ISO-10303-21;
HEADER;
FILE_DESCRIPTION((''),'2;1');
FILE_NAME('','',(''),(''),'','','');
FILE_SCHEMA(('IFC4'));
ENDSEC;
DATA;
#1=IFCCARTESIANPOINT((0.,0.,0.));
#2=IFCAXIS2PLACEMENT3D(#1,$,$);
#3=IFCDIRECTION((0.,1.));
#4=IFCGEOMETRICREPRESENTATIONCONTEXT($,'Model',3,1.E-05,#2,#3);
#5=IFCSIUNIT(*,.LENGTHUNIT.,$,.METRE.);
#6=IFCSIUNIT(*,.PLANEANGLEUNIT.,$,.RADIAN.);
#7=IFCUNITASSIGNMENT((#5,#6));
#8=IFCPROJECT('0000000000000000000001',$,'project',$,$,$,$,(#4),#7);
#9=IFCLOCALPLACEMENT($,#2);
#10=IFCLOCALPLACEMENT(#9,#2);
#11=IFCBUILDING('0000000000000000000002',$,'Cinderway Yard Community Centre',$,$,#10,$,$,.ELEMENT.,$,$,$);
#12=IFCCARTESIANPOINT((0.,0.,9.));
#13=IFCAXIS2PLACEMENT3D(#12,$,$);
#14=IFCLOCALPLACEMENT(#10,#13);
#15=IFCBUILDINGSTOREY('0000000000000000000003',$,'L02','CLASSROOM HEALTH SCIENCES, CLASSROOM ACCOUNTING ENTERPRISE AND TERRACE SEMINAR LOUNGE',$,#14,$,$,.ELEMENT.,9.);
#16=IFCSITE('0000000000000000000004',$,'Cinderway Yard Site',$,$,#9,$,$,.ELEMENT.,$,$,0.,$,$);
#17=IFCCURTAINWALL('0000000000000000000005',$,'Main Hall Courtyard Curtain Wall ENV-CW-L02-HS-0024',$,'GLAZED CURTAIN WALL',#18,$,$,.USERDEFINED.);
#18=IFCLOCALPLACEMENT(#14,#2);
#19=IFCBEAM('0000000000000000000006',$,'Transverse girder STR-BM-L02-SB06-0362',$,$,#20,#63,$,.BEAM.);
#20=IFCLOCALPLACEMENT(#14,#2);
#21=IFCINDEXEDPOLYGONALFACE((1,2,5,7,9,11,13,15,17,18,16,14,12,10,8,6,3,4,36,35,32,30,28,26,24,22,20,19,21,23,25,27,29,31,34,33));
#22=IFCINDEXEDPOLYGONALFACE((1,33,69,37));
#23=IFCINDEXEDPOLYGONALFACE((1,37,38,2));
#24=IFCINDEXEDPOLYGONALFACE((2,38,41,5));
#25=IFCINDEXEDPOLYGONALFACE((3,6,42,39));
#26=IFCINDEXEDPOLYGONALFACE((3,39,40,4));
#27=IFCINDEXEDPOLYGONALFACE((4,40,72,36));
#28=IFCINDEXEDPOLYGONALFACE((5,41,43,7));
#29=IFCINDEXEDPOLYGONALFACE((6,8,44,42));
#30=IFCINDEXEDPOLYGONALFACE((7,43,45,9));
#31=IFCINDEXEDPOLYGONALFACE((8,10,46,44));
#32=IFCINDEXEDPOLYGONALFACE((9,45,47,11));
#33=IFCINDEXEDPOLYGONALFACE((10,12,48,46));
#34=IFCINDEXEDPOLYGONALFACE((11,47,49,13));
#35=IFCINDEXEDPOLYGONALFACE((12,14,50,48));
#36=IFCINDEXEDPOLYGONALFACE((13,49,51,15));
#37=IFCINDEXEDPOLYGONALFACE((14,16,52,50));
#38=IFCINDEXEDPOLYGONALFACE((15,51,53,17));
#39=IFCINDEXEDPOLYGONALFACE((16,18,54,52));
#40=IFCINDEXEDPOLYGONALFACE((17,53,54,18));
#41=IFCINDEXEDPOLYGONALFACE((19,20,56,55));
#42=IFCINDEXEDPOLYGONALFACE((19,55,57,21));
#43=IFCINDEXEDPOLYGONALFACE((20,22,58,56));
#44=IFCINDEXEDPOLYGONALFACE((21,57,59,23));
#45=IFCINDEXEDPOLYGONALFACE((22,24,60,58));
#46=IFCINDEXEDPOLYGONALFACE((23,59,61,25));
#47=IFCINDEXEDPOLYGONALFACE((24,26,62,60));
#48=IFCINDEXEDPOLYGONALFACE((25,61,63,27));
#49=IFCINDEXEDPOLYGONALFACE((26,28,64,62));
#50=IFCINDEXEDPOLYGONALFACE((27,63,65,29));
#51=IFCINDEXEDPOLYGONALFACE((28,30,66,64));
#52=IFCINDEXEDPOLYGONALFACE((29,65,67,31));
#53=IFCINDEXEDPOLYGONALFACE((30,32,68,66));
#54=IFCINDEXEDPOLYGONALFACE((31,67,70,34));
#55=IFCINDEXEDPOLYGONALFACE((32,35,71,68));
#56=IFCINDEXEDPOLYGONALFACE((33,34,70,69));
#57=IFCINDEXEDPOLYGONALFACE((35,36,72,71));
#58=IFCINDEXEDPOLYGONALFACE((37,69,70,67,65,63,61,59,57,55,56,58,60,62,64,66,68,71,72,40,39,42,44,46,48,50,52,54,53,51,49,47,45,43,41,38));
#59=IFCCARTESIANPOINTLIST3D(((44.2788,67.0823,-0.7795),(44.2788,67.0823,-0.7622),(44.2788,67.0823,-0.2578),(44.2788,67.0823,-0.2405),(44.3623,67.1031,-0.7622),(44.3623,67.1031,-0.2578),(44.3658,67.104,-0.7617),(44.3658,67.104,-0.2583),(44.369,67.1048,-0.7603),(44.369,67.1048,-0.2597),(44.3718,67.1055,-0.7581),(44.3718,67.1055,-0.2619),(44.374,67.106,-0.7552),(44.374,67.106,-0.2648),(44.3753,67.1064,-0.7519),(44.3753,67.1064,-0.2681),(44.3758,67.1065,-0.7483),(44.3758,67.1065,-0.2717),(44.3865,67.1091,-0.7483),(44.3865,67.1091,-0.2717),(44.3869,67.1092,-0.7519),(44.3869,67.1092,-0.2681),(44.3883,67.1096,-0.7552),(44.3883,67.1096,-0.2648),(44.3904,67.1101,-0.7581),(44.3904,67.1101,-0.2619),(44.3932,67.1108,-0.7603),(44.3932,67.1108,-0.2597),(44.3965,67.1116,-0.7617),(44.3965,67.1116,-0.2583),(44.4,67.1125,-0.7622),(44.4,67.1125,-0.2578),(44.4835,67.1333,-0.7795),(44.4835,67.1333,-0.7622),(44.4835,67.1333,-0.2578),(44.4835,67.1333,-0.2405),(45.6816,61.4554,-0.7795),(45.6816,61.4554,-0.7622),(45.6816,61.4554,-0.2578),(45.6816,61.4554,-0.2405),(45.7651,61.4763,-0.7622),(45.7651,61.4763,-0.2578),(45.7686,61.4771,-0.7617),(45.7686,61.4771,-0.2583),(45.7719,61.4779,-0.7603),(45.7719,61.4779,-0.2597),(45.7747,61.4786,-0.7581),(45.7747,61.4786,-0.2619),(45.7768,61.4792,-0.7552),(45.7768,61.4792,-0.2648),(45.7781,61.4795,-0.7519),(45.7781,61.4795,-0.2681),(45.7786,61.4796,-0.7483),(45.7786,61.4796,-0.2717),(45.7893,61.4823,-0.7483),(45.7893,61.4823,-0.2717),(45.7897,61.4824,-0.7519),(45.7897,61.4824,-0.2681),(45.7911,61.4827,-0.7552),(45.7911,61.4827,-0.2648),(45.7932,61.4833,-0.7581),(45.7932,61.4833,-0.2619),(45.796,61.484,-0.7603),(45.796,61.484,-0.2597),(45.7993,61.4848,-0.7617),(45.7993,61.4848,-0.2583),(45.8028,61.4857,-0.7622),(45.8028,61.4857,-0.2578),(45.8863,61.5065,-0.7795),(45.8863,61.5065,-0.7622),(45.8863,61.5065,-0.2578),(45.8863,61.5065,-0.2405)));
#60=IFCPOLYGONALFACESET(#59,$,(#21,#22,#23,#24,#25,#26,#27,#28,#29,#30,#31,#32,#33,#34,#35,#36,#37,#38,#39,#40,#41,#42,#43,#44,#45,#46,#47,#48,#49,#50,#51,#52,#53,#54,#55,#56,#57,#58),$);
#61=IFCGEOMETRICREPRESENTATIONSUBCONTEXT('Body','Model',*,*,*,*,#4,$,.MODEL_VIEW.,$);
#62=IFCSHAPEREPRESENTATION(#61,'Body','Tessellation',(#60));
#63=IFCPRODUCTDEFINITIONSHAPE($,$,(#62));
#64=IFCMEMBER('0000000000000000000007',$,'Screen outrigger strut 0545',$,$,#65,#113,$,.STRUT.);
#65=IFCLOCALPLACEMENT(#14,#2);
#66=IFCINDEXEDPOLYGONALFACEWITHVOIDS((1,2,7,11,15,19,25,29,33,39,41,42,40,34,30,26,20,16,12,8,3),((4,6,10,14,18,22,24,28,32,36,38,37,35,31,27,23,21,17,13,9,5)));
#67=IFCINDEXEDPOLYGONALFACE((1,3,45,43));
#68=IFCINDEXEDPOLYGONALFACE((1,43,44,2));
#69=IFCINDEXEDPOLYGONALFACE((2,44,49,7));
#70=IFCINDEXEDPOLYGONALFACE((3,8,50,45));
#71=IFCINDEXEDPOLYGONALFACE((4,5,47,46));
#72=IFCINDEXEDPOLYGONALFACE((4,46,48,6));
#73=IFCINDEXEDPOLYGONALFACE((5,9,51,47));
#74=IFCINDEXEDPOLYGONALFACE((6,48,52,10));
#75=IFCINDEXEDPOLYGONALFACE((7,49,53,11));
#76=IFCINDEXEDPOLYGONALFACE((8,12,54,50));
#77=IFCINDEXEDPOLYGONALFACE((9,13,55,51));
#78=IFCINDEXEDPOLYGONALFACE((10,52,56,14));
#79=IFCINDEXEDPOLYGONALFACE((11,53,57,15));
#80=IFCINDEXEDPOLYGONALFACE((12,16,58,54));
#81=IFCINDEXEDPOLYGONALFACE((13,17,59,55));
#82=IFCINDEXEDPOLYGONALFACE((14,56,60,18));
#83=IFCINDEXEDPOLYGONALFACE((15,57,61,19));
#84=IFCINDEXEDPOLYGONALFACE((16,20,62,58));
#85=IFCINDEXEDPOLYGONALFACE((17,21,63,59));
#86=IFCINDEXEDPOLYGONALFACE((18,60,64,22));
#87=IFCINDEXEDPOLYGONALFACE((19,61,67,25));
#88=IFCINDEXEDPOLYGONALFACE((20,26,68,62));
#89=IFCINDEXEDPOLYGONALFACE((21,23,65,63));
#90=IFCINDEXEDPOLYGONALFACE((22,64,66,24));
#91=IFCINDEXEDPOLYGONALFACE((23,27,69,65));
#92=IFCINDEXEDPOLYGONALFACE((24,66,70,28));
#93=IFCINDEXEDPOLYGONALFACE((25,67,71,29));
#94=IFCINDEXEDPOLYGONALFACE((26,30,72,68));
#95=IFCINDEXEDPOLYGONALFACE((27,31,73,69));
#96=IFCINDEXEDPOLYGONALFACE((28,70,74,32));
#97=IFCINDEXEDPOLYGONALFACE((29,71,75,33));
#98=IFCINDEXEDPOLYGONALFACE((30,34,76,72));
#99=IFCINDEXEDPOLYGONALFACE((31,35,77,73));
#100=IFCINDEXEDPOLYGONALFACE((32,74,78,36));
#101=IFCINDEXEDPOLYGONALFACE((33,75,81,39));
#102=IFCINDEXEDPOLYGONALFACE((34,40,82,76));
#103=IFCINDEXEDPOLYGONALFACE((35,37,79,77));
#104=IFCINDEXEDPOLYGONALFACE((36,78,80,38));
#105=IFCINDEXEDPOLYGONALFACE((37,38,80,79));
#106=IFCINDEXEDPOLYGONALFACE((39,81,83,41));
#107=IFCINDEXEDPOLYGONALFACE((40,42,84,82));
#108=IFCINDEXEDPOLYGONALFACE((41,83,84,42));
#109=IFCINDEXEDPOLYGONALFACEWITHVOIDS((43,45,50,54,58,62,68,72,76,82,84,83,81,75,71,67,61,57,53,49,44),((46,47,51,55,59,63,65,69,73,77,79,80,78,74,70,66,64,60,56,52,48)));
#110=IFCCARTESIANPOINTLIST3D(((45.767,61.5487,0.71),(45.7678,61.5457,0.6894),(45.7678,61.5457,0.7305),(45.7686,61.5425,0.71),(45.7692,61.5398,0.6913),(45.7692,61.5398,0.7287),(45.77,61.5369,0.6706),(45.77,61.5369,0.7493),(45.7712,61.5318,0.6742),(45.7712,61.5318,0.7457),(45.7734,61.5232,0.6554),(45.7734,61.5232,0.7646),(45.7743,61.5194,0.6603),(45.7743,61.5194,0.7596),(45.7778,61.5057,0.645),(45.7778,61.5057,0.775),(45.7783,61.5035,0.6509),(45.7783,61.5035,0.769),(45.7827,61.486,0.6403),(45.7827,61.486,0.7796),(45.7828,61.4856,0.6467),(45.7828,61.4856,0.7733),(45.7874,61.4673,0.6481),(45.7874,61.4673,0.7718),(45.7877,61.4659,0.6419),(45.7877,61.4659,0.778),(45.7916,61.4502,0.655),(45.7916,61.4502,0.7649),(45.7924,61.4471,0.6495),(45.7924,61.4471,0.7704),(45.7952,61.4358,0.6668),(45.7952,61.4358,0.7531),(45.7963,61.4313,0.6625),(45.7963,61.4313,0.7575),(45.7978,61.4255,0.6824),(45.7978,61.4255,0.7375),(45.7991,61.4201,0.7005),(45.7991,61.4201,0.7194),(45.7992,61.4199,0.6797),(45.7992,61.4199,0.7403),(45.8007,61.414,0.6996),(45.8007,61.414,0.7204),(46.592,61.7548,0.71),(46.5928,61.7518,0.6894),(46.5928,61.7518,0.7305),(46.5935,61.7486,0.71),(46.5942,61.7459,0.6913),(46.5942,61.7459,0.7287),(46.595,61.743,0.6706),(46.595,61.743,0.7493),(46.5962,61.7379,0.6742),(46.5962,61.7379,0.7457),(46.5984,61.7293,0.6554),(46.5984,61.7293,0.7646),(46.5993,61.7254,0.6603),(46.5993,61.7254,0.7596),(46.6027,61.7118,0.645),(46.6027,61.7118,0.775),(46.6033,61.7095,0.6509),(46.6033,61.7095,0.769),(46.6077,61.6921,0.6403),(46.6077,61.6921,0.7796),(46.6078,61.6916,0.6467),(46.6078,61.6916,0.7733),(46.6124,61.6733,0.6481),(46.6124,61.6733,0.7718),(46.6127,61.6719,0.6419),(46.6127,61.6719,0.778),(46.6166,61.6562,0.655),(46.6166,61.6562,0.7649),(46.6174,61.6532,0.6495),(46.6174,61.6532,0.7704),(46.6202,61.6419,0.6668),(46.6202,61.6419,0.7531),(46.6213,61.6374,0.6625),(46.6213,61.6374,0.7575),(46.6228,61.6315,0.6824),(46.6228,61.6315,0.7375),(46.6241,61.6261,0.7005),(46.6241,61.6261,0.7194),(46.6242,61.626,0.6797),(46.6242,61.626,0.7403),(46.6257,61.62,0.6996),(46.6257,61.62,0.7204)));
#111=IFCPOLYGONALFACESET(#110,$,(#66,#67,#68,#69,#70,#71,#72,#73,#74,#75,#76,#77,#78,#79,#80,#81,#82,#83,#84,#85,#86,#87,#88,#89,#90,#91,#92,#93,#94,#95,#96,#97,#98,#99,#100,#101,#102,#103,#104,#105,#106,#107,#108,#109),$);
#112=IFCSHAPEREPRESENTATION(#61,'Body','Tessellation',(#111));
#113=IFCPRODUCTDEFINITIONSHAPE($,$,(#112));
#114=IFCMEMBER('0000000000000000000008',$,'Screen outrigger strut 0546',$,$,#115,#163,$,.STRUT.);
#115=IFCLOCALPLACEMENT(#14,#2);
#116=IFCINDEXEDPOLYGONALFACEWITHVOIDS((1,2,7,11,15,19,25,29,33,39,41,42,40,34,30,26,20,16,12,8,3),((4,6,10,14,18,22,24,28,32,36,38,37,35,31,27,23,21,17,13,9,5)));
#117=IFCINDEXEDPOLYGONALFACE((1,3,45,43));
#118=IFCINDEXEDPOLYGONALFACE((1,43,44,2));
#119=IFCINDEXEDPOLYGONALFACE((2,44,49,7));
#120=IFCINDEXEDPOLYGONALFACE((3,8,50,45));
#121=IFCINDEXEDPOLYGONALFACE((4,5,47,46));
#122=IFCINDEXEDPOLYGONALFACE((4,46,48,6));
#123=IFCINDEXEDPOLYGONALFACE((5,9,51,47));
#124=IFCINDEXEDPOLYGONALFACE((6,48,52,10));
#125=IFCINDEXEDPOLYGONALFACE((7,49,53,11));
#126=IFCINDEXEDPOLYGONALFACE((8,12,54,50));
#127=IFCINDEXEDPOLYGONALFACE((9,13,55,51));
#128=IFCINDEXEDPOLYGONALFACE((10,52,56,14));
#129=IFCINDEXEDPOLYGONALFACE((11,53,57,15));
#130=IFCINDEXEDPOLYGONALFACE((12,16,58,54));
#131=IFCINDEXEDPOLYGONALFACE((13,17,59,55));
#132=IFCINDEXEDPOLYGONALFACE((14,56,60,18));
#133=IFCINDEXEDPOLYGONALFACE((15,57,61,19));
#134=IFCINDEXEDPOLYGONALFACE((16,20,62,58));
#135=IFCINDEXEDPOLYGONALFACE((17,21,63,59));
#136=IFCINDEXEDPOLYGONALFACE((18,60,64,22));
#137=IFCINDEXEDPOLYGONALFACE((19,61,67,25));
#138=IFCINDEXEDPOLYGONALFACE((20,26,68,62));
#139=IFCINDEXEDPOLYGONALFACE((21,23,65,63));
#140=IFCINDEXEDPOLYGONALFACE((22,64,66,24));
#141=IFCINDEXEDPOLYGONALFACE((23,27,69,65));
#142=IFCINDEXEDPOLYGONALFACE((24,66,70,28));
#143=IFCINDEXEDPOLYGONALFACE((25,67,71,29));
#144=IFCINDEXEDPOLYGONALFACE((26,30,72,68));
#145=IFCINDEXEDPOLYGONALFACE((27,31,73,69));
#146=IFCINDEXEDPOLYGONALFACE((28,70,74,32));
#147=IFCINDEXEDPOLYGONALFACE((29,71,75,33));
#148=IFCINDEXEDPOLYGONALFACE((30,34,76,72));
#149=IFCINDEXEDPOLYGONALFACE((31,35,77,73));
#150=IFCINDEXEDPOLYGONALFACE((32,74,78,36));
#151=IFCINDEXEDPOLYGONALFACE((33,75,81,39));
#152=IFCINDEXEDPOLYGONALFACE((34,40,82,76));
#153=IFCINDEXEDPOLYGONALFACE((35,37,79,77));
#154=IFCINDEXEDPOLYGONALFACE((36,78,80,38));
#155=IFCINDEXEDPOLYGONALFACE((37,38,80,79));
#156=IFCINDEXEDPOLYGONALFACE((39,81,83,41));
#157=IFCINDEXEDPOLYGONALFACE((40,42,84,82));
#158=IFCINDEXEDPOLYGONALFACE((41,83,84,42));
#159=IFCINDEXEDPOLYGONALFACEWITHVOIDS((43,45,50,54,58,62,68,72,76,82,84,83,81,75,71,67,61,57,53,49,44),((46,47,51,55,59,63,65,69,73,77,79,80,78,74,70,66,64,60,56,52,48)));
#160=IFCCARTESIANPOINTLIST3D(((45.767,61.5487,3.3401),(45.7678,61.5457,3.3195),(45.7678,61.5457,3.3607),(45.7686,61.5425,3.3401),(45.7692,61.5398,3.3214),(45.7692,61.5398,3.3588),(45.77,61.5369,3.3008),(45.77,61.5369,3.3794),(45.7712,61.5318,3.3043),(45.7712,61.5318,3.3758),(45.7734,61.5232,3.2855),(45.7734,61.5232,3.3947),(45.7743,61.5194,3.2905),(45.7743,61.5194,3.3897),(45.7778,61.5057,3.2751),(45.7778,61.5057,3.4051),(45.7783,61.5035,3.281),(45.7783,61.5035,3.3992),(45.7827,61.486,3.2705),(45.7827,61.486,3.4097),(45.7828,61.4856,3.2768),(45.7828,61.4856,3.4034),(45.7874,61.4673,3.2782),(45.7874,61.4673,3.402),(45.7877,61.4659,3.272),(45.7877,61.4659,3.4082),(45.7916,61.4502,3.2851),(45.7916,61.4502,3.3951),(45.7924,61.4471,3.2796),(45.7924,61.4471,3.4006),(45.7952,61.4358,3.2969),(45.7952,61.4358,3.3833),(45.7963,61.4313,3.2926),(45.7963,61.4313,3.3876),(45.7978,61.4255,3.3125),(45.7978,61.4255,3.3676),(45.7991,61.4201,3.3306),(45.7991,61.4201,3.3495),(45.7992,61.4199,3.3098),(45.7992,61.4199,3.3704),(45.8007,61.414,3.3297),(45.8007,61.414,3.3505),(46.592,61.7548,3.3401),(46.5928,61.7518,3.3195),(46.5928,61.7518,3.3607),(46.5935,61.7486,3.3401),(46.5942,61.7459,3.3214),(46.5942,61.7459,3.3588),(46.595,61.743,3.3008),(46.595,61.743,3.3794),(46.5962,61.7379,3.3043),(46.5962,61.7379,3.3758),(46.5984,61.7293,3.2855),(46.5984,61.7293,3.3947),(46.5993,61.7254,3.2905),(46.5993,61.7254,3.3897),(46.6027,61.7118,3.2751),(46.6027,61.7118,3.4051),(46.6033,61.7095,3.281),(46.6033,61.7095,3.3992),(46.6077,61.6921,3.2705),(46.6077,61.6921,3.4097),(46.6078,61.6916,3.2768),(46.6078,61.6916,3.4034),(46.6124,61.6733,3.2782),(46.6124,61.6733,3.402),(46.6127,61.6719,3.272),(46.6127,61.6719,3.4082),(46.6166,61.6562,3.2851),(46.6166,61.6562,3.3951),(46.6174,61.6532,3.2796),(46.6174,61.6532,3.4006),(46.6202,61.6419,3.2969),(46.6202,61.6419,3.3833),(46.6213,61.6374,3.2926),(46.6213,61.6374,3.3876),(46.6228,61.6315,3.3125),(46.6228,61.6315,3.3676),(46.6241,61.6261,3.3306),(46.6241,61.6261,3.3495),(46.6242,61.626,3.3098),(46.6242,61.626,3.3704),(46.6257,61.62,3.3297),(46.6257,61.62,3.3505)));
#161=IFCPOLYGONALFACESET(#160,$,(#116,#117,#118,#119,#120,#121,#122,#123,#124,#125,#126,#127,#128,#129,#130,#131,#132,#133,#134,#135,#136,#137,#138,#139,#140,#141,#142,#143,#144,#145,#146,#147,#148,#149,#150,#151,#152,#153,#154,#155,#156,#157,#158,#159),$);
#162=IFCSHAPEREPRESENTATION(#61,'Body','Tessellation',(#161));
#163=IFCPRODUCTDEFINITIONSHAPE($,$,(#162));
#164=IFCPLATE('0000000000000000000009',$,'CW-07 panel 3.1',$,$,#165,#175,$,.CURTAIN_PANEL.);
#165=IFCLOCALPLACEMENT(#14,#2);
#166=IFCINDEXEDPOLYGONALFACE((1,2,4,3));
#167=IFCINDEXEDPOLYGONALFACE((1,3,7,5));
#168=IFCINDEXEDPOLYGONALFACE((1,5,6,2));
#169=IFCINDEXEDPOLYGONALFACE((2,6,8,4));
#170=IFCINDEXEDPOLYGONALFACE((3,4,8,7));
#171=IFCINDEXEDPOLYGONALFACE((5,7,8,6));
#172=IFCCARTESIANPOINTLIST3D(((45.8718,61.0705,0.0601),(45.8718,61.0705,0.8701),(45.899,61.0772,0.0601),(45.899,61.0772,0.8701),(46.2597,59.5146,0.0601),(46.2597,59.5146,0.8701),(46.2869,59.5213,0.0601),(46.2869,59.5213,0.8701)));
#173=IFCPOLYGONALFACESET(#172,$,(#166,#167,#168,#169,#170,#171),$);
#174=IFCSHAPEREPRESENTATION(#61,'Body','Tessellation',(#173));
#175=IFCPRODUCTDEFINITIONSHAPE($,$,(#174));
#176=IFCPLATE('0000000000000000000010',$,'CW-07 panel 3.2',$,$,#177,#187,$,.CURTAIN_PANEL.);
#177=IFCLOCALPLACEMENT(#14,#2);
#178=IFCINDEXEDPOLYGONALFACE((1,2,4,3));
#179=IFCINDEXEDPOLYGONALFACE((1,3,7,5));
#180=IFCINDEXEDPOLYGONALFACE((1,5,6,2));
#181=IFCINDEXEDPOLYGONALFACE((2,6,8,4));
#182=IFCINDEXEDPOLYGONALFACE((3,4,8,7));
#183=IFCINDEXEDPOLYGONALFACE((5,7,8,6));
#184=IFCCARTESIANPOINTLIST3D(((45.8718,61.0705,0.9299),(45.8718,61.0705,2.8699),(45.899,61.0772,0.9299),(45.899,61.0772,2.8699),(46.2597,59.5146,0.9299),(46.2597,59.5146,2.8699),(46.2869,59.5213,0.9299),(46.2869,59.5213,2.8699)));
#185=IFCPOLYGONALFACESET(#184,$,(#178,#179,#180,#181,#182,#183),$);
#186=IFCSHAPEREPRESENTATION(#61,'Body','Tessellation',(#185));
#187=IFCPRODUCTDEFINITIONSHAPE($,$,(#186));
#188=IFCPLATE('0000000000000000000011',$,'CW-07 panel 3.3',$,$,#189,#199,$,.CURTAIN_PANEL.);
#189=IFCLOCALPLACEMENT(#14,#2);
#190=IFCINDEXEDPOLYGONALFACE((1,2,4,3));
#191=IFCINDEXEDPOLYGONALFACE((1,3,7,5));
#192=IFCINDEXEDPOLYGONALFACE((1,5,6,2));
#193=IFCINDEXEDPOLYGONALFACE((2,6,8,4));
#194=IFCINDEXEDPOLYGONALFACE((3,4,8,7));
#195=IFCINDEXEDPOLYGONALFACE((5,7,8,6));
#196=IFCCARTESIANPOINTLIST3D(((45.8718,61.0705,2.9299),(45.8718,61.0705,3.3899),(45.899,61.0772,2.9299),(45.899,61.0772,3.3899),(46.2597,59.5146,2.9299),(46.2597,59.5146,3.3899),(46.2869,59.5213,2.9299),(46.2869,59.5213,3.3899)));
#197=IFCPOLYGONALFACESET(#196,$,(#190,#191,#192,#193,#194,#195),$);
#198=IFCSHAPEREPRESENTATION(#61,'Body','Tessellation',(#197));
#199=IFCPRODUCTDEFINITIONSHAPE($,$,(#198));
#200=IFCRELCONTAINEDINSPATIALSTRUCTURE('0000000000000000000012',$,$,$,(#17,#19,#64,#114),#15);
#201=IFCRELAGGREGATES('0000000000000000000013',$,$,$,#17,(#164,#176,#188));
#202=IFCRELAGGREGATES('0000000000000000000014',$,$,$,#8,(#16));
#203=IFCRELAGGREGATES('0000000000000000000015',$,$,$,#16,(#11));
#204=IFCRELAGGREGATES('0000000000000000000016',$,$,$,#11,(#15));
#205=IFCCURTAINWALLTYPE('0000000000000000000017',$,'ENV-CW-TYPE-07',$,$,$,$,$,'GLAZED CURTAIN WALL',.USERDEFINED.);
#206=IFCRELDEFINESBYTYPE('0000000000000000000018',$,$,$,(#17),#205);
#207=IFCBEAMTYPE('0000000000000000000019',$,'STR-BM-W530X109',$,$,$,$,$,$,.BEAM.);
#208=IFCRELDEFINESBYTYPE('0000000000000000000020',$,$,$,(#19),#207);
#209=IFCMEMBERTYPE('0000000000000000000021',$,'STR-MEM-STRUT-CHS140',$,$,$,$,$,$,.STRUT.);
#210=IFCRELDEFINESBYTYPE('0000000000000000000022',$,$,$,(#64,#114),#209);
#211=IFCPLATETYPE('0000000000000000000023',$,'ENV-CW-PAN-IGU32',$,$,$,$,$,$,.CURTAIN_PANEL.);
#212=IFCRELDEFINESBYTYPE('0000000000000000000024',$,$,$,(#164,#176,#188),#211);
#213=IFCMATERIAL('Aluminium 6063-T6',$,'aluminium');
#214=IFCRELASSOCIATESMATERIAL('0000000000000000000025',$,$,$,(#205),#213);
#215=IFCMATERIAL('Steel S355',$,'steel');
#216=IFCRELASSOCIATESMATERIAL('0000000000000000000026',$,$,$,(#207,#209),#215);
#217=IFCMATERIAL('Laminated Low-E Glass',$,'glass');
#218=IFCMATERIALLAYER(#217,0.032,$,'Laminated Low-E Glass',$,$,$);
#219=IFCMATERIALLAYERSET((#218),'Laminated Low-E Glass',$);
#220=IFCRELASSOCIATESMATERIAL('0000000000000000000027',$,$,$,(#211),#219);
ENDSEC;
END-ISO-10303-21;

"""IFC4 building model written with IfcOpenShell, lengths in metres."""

from ifc_helpers import new_model, si_unit, direction, frame, origin, origin_2d, place, context, subcontext, project, spatial, rectangle, hollow_circle, i_section, extrude, material, layer, layer_set, material_profile, profile_set, type_object, element, aggregate, save


model = new_model("IFC4")

# Units and contexts
model_context = context("Model", 3, precision=1e-05, world=origin(), true_north=direction((0.0, 1.0)))
body_context = subcontext(model_context, "Body", "Model", "MODEL_VIEW")
ifc_project = project(units=[si_unit("LENGTHUNIT", "METRE"), si_unit("PLANEANGLEUNIT", "RADIAN")], contexts=[model_context])

# Site, building, storey
site_placement = place(None, origin())
site = spatial("IfcSite", under=ifc_project, at=site_placement, Name="Cinderway Yard Site", CompositionType="ELEMENT", RefElevation=0.0)
building_placement = place(site_placement, origin())
building = spatial("IfcBuilding", under=site, at=building_placement, Name="Cinderway Yard Community Centre", CompositionType="ELEMENT")
storey_placement = place(building_placement, frame((0.0, 0.0, 9.0)))
storey = spatial("IfcBuildingStorey", under=building, at=storey_placement, Name="L02", Description="CLASSROOM HEALTH SCIENCES, CLASSROOM ACCOUNTING ENTERPRISE AND TERRACE SEMINAR LOUNGE", CompositionType="ELEMENT", Elevation=9.0)

# Curtain wall
ifc_material_1 = material(Name="Aluminium 6063-T6", Category="aluminium")
curtain_wall_type = type_object("IfcCurtainWallType", Name="ENV-CW-TYPE-07", ElementType="GLAZED CURTAIN WALL", PredefinedType="USERDEFINED", material=ifc_material_1)
curtain_wall_1_placement = place(storey_placement, origin())
curtain_wall_1 = element("IfcCurtainWall", 1, at=curtain_wall_1_placement, inside=storey, type_object=curtain_wall_type, Name="Main Hall Courtyard Curtain Wall ENV-CW-L02-HS-0024", ObjectType="GLAZED CURTAIN WALL", PredefinedType="USERDEFINED")

# Shared definitions
ifc_material_2 = material(Name="Steel S355", Category="steel")

# Beam
ifc_material_profile_1 = material_profile(ifc_material_2, i_section(OverallWidth=0.2109, OverallDepth=0.5391, WebThickness=0.011, FlangeThickness=0.0173, FilletRadius=0.0139, at=origin_2d()), Name="Steel S355")
ifc_profile_set_1 = profile_set([ifc_material_profile_1], Name="Steel S355")
beam_type_1 = type_object("IfcBeamType", Name="STR-BM-W530X109", PredefinedType="BEAM", material=ifc_profile_set_1)
beam_1_placement = place(storey_placement, frame((45.7839, 61.481, -0.51), z_axis=(-0.241902, 0.970301, 0.0), x_axis=(-0.970301, -0.241902, 0.0)))
element("IfcBeam", 2, at=beam_1_placement, inside=storey, type_object=beam_type_1, Name="Transverse girder STR-BM-L02-SB06-0362", PredefinedType="BEAM", context=body_context, shape_type="SweptSolid", body=[
    extrude(i_section(OverallWidth=0.2109, OverallDepth=0.5391, WebThickness=0.011, FlangeThickness=0.0173, FilletRadius=0.0139, at=origin_2d()), origin(), (0.0, 0.0, 1.0), 5.7991),
])

# Members
ifc_material_profile_2 = material_profile(ifc_material_2, hollow_circle(Radius=0.0698, WallThickness=0.0063, at=origin_2d()), Name="Steel S355")
ifc_profile_set_2 = profile_set([ifc_material_profile_2], Name="Steel S355")
member_type_1 = type_object("IfcMemberType", Name="STR-MEM-STRUT-CHS140", PredefinedType="STRUT", material=ifc_profile_set_2)
for number, where, z_axis, x_axis, name in (
    (3, (45.7839, 61.481, 0.71), (0.970193, 0.242333, 0.0), (-0.242333, 0.970193, 0.0), "Screen outrigger strut 0545"),
    (4, (45.7839, 61.481, 3.3401), (0.970193, 0.242333, 0.0), (-0.242333, 0.970193, 0.0), "Screen outrigger strut 0546"),
):
    element("IfcMember", number, at=place(storey_placement, frame(where, z_axis=z_axis, x_axis=x_axis)), inside=storey, type_object=member_type_1, Name=name, PredefinedType="STRUT", context=body_context, shape_type="SweptSolid", body=[
        extrude(hollow_circle(Radius=0.0698, WallThickness=0.0063, at=origin_2d()), origin(), (0.0, 0.0, 1.0), 0.8503),
    ])

# Plates
ifc_material_3 = material(Name="Laminated Low-E Glass", Category="glass")
ifc_layer_1 = layer(ifc_material_3, 0.032, Name="Laminated Low-E Glass")
ifc_layer_set_1 = layer_set([ifc_layer_1], Name="Laminated Low-E Glass")
plate_type_1 = type_object("IfcPlateType", Name="ENV-CW-PAN-IGU32", PredefinedType="CURTAIN_PANEL", material=ifc_layer_set_1)
plate_1_placement = place(storey_placement, frame((46.0793, 60.2959, 0.0601), z_axis=(0.0, 0.0, 1.0), x_axis=(-0.241887, 0.970304, 0.0)))
plate_1 = element("IfcPlate", 5, at=plate_1_placement, type_object=plate_type_1, Name="CW-07 panel 3.1", PredefinedType="CURTAIN_PANEL", context=body_context, shape_type="SweptSolid", body=[
    extrude(rectangle(XDim=1.6035, YDim=0.0281, at=origin_2d()), origin(), (0.0, 0.0, 1.0), 0.8101),
])
plate_2_placement = place(storey_placement, frame((46.0793, 60.2959, 0.9299), z_axis=(0.0, 0.0, 1.0), x_axis=(-0.241887, 0.970304, 0.0)))
plate_2 = element("IfcPlate", 6, at=plate_2_placement, type_object=plate_type_1, Name="CW-07 panel 3.2", PredefinedType="CURTAIN_PANEL", context=body_context, shape_type="SweptSolid", body=[
    extrude(rectangle(XDim=1.6035, YDim=0.0281, at=origin_2d()), origin(), (0.0, 0.0, 1.0), 1.9399),
])
plate_3_placement = place(storey_placement, frame((46.0793, 60.2959, 2.9299), z_axis=(0.0, 0.0, 1.0), x_axis=(-0.241887, 0.970304, 0.0)))
plate_3 = element("IfcPlate", 7, at=plate_3_placement, type_object=plate_type_1, Name="CW-07 panel 3.3", PredefinedType="CURTAIN_PANEL", context=body_context, shape_type="SweptSolid", body=[
    extrude(rectangle(XDim=1.6035, YDim=0.0281, at=origin_2d()), origin(), (0.0, 0.0, 1.0), 0.46),
])
aggregate(curtain_wall_1, [plate_1, plate_2, plate_3])

save(model, "model.ifc")
